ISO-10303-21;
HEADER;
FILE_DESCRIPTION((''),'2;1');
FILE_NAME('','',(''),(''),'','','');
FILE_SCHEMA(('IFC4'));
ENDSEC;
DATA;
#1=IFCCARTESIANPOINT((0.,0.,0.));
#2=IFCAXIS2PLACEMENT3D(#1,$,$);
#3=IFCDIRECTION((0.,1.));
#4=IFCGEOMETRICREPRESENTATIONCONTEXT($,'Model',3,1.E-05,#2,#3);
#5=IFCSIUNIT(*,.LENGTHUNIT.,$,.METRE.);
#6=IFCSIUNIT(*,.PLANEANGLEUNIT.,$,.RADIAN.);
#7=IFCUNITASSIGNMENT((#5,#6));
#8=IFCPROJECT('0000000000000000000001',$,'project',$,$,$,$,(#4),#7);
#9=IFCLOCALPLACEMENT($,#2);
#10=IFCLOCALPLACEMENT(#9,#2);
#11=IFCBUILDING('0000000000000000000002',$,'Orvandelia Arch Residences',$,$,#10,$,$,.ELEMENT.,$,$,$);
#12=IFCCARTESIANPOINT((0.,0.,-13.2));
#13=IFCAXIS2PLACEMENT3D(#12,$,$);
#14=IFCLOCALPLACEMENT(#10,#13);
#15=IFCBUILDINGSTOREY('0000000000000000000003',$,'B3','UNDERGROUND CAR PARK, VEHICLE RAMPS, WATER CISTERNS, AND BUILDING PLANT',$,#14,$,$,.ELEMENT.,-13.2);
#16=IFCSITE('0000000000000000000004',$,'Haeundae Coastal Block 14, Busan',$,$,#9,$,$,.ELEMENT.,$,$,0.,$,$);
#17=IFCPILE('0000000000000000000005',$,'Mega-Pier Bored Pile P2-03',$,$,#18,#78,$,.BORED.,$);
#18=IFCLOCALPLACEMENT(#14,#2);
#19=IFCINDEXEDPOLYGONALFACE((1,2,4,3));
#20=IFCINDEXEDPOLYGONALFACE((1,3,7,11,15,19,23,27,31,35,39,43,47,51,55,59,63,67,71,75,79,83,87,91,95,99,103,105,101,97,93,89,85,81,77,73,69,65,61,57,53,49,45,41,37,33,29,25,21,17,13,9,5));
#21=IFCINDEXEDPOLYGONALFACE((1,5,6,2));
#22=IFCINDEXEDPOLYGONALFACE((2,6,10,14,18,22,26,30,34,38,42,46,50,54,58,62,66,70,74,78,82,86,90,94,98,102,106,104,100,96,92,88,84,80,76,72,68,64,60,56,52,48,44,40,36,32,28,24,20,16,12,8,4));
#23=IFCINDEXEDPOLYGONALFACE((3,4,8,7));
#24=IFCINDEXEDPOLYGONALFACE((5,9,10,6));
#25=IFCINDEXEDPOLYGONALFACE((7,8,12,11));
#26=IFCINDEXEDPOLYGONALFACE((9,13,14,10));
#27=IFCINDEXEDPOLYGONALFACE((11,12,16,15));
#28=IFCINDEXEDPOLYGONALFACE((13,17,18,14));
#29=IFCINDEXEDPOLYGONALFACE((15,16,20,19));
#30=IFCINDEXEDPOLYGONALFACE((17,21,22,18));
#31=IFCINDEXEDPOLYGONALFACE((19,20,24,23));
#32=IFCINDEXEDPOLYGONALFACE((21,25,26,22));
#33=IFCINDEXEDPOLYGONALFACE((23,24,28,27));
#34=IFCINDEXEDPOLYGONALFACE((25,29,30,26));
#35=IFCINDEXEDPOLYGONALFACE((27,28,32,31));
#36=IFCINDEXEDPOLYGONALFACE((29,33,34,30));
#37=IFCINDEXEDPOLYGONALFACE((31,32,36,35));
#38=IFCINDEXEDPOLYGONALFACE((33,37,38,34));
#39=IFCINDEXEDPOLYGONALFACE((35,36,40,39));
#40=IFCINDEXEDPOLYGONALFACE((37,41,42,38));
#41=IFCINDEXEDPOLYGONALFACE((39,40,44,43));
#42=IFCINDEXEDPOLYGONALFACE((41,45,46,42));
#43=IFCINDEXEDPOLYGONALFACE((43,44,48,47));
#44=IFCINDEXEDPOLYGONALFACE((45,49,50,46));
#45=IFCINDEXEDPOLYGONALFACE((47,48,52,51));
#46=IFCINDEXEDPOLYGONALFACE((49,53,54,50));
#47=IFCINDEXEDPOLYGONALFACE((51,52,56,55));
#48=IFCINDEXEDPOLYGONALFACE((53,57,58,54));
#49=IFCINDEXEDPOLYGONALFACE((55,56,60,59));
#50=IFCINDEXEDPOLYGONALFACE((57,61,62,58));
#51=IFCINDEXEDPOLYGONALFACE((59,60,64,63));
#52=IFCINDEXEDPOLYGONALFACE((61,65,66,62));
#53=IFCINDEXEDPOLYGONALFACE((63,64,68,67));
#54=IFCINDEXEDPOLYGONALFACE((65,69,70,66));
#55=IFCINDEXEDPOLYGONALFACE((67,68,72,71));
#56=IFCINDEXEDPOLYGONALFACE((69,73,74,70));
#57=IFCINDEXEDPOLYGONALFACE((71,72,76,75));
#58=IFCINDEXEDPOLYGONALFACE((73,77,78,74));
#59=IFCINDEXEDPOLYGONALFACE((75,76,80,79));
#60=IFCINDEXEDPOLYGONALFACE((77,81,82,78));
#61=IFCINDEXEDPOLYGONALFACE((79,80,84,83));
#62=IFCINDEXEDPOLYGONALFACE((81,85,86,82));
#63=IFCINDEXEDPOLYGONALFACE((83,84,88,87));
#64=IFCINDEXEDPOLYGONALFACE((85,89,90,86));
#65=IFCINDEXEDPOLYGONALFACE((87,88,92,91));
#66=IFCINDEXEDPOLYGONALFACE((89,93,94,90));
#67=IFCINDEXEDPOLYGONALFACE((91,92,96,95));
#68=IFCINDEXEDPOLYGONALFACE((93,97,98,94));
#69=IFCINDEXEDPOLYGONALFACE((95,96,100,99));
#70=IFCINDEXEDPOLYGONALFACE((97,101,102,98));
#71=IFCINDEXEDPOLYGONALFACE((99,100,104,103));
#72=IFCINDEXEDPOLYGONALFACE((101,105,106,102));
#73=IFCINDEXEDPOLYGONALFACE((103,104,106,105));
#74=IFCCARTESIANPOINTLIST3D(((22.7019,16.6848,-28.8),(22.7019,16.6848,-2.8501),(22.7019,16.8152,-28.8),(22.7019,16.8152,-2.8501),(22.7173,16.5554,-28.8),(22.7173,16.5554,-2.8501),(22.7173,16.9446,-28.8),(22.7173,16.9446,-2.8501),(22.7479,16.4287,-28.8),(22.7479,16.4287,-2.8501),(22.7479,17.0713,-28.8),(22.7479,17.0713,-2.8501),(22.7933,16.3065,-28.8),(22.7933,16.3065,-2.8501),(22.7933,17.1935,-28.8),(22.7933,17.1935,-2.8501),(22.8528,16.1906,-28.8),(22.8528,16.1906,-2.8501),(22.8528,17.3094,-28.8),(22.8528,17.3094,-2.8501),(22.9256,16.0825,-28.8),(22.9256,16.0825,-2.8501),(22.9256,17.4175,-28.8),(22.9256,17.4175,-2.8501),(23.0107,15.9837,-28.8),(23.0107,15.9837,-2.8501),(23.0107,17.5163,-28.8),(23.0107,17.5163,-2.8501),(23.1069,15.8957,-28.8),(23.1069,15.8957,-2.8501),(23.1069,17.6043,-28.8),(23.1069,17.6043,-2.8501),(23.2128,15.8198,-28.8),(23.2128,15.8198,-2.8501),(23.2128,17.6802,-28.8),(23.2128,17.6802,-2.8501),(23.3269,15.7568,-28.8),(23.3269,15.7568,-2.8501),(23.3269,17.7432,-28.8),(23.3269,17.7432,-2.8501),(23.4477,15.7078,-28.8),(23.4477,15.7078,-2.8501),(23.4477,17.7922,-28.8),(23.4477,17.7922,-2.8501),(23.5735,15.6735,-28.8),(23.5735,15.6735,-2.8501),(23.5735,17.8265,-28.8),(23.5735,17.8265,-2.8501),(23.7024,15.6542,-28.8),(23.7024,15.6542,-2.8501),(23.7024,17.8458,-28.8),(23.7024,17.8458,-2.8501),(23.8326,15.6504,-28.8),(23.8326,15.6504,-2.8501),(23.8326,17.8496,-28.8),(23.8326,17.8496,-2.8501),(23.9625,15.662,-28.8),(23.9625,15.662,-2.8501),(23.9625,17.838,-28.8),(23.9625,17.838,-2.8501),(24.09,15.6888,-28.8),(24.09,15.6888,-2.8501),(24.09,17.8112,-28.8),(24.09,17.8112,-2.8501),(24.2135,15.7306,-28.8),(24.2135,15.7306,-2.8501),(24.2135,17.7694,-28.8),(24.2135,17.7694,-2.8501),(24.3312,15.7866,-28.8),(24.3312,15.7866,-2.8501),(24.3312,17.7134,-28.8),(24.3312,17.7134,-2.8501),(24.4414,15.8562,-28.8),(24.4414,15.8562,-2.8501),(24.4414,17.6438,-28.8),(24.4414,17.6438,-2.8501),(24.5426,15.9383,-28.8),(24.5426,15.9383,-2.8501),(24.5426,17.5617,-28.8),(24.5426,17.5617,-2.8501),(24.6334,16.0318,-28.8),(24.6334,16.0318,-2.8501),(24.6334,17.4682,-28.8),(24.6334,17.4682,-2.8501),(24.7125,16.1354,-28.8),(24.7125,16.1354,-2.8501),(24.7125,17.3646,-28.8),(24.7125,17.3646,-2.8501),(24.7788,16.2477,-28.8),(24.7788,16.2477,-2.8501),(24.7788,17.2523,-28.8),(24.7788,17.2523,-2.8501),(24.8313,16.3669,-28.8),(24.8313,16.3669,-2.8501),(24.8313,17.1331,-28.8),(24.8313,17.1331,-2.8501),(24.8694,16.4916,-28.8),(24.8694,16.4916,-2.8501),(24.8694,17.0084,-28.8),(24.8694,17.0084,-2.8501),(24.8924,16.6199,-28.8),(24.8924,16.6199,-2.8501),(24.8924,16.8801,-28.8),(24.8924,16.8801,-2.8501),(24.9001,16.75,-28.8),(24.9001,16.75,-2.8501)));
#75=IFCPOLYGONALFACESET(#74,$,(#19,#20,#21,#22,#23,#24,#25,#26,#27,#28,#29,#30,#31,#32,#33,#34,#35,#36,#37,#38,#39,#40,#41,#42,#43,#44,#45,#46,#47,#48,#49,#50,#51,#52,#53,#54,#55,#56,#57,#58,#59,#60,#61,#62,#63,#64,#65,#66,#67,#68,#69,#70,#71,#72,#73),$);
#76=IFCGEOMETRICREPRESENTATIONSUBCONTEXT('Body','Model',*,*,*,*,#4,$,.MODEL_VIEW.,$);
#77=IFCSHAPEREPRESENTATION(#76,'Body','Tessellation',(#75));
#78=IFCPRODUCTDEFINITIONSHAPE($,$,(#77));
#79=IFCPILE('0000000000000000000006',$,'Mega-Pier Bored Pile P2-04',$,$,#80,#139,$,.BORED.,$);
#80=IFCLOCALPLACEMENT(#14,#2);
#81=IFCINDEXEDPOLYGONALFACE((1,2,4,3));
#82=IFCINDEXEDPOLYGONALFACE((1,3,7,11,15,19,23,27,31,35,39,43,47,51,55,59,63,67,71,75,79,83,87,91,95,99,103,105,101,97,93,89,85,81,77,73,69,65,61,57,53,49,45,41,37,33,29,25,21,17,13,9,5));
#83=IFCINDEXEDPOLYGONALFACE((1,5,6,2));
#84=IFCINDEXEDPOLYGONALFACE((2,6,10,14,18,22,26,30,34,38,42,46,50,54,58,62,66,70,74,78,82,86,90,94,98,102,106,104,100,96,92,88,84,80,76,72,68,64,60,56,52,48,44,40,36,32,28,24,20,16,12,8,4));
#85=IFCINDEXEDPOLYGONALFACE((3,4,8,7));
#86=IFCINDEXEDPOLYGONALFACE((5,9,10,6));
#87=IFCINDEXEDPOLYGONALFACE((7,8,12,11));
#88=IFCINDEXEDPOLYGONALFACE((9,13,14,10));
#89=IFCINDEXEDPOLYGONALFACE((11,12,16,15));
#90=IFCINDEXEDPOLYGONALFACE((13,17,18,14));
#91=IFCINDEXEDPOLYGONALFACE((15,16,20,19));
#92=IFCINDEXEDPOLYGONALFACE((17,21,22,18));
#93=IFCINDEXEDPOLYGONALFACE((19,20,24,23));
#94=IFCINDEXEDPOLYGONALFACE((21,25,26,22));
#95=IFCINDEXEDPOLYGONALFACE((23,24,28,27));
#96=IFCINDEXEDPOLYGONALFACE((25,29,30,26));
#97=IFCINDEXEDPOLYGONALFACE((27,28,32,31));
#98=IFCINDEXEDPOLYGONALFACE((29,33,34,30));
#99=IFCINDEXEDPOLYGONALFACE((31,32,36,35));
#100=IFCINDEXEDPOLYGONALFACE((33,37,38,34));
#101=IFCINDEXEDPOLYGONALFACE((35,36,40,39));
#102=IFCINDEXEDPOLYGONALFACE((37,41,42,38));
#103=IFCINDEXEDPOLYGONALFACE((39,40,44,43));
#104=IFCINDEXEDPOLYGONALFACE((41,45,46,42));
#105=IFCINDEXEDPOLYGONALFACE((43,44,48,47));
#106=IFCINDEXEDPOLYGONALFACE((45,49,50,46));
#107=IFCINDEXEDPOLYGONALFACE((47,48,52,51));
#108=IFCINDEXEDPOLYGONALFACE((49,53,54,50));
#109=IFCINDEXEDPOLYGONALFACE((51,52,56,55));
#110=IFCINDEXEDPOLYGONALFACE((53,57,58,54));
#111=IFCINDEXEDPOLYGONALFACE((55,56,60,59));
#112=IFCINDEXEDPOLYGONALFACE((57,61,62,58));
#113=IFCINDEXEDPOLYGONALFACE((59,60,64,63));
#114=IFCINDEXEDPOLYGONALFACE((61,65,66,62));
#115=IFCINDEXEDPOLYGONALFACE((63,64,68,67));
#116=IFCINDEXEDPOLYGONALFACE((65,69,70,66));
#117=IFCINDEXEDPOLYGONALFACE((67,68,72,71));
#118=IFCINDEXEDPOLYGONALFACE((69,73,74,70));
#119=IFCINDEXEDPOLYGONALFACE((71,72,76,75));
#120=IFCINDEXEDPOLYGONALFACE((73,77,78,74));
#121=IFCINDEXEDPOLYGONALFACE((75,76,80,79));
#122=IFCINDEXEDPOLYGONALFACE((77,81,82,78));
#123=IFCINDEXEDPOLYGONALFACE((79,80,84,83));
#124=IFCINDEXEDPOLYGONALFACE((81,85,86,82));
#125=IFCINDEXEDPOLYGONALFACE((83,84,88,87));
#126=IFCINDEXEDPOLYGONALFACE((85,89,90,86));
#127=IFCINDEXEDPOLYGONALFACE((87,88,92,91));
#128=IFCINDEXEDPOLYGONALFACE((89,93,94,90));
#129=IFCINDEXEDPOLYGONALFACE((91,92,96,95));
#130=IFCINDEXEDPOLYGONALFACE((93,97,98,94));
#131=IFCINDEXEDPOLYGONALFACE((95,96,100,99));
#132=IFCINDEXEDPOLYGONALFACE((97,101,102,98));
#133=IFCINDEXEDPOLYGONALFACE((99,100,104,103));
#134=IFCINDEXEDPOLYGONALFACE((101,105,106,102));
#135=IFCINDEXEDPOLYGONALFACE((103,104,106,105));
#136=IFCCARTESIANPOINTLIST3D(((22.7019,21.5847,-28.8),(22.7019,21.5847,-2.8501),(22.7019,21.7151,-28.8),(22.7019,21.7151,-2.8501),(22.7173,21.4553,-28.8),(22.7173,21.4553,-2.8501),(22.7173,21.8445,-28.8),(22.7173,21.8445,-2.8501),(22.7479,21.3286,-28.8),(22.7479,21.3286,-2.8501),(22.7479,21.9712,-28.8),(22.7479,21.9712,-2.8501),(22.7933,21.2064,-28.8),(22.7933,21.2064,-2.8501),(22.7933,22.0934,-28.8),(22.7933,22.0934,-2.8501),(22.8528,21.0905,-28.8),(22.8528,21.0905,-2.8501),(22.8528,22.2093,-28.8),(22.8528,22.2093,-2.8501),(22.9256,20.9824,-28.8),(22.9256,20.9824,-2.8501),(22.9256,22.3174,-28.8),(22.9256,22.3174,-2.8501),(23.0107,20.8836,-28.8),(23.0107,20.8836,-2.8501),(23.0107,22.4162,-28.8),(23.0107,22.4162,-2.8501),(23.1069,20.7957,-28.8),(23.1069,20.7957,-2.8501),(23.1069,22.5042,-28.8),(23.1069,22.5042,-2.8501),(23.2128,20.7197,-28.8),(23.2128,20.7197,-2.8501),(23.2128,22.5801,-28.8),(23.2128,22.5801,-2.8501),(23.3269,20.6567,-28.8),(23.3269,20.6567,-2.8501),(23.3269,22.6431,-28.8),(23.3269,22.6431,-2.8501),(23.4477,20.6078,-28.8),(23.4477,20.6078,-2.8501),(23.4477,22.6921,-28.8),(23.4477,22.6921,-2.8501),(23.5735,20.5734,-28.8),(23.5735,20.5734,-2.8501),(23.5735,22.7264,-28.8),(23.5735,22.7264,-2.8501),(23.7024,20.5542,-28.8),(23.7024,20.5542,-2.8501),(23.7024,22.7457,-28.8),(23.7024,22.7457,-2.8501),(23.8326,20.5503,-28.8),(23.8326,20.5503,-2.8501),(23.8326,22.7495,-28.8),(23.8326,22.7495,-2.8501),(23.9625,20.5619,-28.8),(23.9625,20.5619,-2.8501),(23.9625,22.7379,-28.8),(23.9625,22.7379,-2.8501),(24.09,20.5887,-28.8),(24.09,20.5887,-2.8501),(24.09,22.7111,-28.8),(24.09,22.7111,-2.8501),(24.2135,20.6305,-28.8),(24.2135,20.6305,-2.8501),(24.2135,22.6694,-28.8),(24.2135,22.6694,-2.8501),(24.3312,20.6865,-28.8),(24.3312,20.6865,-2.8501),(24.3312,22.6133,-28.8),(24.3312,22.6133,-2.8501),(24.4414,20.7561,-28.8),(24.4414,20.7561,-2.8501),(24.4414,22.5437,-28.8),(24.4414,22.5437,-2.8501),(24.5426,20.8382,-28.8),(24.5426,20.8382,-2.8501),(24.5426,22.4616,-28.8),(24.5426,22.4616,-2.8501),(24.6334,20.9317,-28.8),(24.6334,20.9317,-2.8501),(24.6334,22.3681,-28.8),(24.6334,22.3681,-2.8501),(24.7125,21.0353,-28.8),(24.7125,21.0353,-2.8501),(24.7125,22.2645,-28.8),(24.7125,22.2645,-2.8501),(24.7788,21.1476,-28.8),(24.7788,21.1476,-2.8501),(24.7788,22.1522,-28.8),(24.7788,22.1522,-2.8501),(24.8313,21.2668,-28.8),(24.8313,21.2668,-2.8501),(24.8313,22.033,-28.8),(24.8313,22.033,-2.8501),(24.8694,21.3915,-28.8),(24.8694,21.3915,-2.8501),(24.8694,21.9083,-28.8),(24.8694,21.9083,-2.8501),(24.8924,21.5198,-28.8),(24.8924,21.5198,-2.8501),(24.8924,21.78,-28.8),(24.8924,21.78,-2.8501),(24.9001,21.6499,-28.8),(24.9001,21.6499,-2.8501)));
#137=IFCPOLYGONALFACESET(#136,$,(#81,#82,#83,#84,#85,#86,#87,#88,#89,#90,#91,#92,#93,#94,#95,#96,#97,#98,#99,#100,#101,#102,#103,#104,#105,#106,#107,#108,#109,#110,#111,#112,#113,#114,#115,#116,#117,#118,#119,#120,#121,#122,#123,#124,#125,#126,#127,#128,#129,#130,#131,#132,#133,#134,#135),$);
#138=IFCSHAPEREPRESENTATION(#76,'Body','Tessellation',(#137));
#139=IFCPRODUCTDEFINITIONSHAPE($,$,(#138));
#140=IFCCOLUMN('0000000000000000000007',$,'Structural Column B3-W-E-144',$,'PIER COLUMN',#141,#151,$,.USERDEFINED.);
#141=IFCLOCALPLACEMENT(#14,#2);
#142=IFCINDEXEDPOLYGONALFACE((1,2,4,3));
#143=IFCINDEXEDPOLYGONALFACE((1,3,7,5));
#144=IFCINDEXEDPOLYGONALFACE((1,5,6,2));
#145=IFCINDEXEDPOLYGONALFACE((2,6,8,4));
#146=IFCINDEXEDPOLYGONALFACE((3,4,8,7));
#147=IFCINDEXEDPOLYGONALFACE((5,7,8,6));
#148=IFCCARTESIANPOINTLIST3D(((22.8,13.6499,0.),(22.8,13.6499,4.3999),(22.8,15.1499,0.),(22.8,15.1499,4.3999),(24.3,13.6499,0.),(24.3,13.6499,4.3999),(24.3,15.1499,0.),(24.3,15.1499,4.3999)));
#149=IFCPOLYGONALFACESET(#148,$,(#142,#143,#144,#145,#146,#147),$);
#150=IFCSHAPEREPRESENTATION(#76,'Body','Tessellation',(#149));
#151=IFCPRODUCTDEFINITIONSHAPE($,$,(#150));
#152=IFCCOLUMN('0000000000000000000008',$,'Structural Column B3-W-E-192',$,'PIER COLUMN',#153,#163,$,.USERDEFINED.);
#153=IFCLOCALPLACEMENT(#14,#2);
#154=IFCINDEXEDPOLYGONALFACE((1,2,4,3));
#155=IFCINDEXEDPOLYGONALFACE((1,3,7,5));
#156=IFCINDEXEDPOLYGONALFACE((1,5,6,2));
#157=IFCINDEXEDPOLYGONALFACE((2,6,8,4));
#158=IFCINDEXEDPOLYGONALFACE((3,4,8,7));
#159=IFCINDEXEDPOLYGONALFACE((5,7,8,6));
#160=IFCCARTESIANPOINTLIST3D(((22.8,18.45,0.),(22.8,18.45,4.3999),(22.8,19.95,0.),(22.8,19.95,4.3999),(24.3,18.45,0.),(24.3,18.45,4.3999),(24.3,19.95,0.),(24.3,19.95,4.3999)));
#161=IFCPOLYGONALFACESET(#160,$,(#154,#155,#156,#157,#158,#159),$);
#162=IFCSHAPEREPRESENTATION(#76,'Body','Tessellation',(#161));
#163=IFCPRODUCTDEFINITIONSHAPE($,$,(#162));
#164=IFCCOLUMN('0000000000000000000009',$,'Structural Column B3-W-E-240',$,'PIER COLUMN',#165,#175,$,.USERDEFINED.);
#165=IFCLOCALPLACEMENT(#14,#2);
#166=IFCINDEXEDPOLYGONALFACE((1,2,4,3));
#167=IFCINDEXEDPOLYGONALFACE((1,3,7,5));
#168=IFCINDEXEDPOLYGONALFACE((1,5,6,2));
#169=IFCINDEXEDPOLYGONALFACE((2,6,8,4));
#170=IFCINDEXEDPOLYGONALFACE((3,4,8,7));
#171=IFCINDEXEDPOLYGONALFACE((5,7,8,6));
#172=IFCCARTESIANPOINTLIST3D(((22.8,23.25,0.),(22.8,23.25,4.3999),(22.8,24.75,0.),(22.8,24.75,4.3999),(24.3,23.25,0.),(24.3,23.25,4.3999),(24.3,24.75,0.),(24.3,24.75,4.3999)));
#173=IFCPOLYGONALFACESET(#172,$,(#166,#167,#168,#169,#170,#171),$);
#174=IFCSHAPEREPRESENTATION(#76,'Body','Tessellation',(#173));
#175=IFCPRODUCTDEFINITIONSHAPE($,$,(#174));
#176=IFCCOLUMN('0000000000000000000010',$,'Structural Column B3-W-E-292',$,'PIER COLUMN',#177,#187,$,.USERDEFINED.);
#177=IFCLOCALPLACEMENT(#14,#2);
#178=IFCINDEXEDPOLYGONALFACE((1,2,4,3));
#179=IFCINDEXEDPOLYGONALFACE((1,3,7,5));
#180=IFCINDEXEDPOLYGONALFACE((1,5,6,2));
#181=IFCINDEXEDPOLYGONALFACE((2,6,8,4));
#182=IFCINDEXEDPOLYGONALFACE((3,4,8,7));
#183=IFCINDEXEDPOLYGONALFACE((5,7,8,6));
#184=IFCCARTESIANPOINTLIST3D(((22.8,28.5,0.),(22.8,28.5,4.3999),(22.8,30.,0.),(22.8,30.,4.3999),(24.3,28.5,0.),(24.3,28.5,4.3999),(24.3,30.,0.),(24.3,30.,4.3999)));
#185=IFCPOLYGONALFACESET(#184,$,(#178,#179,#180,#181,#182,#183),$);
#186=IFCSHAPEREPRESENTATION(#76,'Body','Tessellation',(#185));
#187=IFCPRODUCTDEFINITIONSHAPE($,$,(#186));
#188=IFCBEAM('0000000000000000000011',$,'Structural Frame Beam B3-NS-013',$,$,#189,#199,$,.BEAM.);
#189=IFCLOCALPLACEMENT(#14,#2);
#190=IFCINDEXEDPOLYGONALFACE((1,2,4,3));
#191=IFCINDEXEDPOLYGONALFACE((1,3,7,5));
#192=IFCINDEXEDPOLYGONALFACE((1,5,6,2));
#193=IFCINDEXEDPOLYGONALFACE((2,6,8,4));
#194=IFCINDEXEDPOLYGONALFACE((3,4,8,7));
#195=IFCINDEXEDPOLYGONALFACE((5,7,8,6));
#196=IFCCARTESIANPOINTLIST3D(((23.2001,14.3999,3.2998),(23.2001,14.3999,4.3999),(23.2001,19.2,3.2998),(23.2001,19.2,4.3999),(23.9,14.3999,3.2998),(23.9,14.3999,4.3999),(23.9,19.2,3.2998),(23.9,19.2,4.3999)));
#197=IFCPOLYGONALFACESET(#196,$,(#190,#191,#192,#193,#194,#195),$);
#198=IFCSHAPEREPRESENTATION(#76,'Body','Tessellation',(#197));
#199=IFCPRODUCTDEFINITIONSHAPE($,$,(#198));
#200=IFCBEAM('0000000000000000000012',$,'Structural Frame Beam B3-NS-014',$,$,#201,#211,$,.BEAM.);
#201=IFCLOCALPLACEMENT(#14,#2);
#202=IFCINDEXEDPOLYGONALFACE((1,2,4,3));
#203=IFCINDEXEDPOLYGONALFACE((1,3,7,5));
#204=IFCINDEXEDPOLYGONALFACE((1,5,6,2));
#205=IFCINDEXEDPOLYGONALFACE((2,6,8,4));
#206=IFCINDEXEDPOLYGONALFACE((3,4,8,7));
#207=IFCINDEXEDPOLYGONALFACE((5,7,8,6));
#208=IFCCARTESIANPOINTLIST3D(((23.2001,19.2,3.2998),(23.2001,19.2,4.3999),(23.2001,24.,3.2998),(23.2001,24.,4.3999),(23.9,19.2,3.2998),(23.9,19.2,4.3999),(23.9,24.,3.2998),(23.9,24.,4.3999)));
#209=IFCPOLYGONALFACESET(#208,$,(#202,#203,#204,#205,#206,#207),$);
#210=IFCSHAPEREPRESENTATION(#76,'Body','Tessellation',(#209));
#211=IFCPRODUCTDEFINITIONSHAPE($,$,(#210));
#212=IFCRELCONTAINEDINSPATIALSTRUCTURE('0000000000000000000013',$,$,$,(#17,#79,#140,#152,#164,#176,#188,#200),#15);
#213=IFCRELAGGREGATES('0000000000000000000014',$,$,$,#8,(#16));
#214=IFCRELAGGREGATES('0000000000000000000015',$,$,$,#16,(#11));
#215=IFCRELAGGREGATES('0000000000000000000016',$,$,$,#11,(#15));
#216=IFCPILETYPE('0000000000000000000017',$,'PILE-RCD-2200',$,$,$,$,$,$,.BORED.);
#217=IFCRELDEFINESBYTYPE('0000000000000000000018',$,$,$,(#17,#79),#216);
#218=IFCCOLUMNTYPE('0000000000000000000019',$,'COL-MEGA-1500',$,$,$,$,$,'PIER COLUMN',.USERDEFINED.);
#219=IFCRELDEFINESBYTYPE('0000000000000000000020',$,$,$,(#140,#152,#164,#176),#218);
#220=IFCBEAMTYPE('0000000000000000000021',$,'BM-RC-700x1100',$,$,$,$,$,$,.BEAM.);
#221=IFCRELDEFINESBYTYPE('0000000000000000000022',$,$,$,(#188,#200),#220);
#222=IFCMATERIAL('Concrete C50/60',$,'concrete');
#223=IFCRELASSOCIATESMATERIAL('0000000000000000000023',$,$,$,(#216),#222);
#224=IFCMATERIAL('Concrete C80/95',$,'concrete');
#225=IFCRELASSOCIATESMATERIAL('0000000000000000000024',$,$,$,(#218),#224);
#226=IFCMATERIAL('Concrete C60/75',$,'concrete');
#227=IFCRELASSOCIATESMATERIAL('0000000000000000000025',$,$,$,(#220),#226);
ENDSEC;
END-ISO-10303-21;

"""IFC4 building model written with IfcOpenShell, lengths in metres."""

from ifc_helpers import new_model, si_unit, direction, frame, origin, origin_2d, place, context, subcontext, project, spatial, rectangle, circle, extrude, material, material_profile, profile_set, type_object, element, save


model = new_model("IFC4")

# Units and contexts
model_context = context("Model", 3, precision=1e-05, world=origin(), true_north=direction((0.0, 1.0)))
body_context = subcontext(model_context, "Body", "Model", "MODEL_VIEW")
ifc_project = project(units=[si_unit("LENGTHUNIT", "METRE"), si_unit("PLANEANGLEUNIT", "RADIAN")], contexts=[model_context])

# Site, building, storey
site_placement = place(None, origin())
site = spatial("IfcSite", under=ifc_project, at=site_placement, Name="Haeundae Coastal Block 14, Busan", CompositionType="ELEMENT", RefElevation=0.0)
building_placement = place(site_placement, origin())
building = spatial("IfcBuilding", under=site, at=building_placement, Name="Orvandelia Arch Residences", CompositionType="ELEMENT")
storey_placement = place(building_placement, frame((0.0, 0.0, -13.2)))
storey = spatial("IfcBuildingStorey", under=building, at=storey_placement, Name="B3", Description="UNDERGROUND CAR PARK, VEHICLE RAMPS, WATER CISTERNS, AND BUILDING PLANT", CompositionType="ELEMENT", Elevation=-13.2)

# Shared definitions
ifc_material_1 = material(Name="Concrete C50/60", Category="concrete")

# Piles
ifc_material_profile_1 = material_profile(ifc_material_1, circle(Radius=1.1001, at=origin_2d()), Name="Concrete C50/60", Category="concrete")
ifc_profile_set_1 = profile_set([ifc_material_profile_1], Name="Concrete C50/60")
pile_type_1 = type_object("IfcPileType", Name="PILE-RCD-2200", PredefinedType="BORED", material=ifc_profile_set_1)
for number, where, z_axis, x_axis, name in (
    (1, (23.8, 16.75, -2.8501), (0.0, 0.0, -1.0), (1.0, 0.0, 0.0), "Mega-Pier Bored Pile P2-03"),
    (2, (23.8, 21.6499, -2.8501), (0.0, 0.0, -1.0), (1.0, 0.0, 0.0), "Mega-Pier Bored Pile P2-04"),
):
    element("IfcPile", number, at=place(storey_placement, frame(where, z_axis=z_axis, x_axis=x_axis)), inside=storey, type_object=pile_type_1, Name=name, PredefinedType="BORED", context=body_context, shape_type="SweptSolid", body=[
        extrude(circle(Radius=1.1001, at=origin_2d()), origin(), (0.0, 0.0, 1.0), 25.95),
    ])

# Columns
ifc_material_2 = material(Name="Concrete C80/95", Category="concrete")
ifc_material_profile_2 = material_profile(ifc_material_2, rectangle(XDim=1.5, YDim=1.5, at=origin_2d()), Name="Concrete C80/95", Category="concrete")
ifc_profile_set_2 = profile_set([ifc_material_profile_2], Name="Concrete C80/95")
column_type = type_object("IfcColumnType", Name="COL-MEGA-1500", ElementType="PIER COLUMN", PredefinedType="USERDEFINED", material=ifc_profile_set_2)
for number, where, z_axis, x_axis, name in (
    (3, (23.55, 14.3999, 0.0), (0.0, 0.0, 1.0), (1.0, 0.0, 0.0), "Structural Column B3-W-E-144"),
    (4, (23.55, 19.2, 0.0), (0.0, 0.0, 1.0), (1.0, 0.0, 0.0), "Structural Column B3-W-E-192"),
    (5, (23.55, 24.0, 0.0), (0.0, 0.0, 1.0), (1.0, 0.0, 0.0), "Structural Column B3-W-E-240"),
    (6, (23.55, 29.25, 0.0), (0.0, 0.0, 1.0), (1.0, 0.0, 0.0), "Structural Column B3-W-E-292"),
):
    element("IfcColumn", number, at=place(storey_placement, frame(where, z_axis=z_axis, x_axis=x_axis)), inside=storey, type_object=column_type, Name=name, ObjectType="PIER COLUMN", PredefinedType="USERDEFINED", context=body_context, shape_type="SweptSolid", body=[
        extrude(rectangle(XDim=1.5, YDim=1.5, at=origin_2d()), origin(), (0.0, 0.0, 1.0), 4.3999),
    ])

# Beams
ifc_material_3 = material(Name="Concrete C60/75", Category="concrete")
ifc_material_profile_3 = material_profile(ifc_material_3, rectangle(XDim=0.7, YDim=1.1001, at=origin_2d()), Name="Concrete C60/75", Category="concrete")
ifc_profile_set_3 = profile_set([ifc_material_profile_3], Name="Concrete C60/75")
beam_type = type_object("IfcBeamType", Name="BM-RC-700x1100", PredefinedType="BEAM", material=ifc_profile_set_3)
for number, where, z_axis, x_axis, name in (
    (7, (23.55, 14.3999, 3.8499), (0.0, 1.0, 0.0), (-1.0, 0.0, 0.0), "Structural Frame Beam B3-NS-013"),
    (8, (23.55, 19.2, 3.8499), (0.0, 1.0, 0.0), (-1.0, 0.0, 0.0), "Structural Frame Beam B3-NS-014"),
):
    element("IfcBeam", number, at=place(storey_placement, frame(where, z_axis=z_axis, x_axis=x_axis)), inside=storey, type_object=beam_type, Name=name, PredefinedType="BEAM", context=body_context, shape_type="SweptSolid", body=[
        extrude(rectangle(XDim=0.7, YDim=1.1001, at=origin_2d()), origin(), (0.0, 0.0, 1.0), 4.8),
    ])

save(model, "model.ifc")
